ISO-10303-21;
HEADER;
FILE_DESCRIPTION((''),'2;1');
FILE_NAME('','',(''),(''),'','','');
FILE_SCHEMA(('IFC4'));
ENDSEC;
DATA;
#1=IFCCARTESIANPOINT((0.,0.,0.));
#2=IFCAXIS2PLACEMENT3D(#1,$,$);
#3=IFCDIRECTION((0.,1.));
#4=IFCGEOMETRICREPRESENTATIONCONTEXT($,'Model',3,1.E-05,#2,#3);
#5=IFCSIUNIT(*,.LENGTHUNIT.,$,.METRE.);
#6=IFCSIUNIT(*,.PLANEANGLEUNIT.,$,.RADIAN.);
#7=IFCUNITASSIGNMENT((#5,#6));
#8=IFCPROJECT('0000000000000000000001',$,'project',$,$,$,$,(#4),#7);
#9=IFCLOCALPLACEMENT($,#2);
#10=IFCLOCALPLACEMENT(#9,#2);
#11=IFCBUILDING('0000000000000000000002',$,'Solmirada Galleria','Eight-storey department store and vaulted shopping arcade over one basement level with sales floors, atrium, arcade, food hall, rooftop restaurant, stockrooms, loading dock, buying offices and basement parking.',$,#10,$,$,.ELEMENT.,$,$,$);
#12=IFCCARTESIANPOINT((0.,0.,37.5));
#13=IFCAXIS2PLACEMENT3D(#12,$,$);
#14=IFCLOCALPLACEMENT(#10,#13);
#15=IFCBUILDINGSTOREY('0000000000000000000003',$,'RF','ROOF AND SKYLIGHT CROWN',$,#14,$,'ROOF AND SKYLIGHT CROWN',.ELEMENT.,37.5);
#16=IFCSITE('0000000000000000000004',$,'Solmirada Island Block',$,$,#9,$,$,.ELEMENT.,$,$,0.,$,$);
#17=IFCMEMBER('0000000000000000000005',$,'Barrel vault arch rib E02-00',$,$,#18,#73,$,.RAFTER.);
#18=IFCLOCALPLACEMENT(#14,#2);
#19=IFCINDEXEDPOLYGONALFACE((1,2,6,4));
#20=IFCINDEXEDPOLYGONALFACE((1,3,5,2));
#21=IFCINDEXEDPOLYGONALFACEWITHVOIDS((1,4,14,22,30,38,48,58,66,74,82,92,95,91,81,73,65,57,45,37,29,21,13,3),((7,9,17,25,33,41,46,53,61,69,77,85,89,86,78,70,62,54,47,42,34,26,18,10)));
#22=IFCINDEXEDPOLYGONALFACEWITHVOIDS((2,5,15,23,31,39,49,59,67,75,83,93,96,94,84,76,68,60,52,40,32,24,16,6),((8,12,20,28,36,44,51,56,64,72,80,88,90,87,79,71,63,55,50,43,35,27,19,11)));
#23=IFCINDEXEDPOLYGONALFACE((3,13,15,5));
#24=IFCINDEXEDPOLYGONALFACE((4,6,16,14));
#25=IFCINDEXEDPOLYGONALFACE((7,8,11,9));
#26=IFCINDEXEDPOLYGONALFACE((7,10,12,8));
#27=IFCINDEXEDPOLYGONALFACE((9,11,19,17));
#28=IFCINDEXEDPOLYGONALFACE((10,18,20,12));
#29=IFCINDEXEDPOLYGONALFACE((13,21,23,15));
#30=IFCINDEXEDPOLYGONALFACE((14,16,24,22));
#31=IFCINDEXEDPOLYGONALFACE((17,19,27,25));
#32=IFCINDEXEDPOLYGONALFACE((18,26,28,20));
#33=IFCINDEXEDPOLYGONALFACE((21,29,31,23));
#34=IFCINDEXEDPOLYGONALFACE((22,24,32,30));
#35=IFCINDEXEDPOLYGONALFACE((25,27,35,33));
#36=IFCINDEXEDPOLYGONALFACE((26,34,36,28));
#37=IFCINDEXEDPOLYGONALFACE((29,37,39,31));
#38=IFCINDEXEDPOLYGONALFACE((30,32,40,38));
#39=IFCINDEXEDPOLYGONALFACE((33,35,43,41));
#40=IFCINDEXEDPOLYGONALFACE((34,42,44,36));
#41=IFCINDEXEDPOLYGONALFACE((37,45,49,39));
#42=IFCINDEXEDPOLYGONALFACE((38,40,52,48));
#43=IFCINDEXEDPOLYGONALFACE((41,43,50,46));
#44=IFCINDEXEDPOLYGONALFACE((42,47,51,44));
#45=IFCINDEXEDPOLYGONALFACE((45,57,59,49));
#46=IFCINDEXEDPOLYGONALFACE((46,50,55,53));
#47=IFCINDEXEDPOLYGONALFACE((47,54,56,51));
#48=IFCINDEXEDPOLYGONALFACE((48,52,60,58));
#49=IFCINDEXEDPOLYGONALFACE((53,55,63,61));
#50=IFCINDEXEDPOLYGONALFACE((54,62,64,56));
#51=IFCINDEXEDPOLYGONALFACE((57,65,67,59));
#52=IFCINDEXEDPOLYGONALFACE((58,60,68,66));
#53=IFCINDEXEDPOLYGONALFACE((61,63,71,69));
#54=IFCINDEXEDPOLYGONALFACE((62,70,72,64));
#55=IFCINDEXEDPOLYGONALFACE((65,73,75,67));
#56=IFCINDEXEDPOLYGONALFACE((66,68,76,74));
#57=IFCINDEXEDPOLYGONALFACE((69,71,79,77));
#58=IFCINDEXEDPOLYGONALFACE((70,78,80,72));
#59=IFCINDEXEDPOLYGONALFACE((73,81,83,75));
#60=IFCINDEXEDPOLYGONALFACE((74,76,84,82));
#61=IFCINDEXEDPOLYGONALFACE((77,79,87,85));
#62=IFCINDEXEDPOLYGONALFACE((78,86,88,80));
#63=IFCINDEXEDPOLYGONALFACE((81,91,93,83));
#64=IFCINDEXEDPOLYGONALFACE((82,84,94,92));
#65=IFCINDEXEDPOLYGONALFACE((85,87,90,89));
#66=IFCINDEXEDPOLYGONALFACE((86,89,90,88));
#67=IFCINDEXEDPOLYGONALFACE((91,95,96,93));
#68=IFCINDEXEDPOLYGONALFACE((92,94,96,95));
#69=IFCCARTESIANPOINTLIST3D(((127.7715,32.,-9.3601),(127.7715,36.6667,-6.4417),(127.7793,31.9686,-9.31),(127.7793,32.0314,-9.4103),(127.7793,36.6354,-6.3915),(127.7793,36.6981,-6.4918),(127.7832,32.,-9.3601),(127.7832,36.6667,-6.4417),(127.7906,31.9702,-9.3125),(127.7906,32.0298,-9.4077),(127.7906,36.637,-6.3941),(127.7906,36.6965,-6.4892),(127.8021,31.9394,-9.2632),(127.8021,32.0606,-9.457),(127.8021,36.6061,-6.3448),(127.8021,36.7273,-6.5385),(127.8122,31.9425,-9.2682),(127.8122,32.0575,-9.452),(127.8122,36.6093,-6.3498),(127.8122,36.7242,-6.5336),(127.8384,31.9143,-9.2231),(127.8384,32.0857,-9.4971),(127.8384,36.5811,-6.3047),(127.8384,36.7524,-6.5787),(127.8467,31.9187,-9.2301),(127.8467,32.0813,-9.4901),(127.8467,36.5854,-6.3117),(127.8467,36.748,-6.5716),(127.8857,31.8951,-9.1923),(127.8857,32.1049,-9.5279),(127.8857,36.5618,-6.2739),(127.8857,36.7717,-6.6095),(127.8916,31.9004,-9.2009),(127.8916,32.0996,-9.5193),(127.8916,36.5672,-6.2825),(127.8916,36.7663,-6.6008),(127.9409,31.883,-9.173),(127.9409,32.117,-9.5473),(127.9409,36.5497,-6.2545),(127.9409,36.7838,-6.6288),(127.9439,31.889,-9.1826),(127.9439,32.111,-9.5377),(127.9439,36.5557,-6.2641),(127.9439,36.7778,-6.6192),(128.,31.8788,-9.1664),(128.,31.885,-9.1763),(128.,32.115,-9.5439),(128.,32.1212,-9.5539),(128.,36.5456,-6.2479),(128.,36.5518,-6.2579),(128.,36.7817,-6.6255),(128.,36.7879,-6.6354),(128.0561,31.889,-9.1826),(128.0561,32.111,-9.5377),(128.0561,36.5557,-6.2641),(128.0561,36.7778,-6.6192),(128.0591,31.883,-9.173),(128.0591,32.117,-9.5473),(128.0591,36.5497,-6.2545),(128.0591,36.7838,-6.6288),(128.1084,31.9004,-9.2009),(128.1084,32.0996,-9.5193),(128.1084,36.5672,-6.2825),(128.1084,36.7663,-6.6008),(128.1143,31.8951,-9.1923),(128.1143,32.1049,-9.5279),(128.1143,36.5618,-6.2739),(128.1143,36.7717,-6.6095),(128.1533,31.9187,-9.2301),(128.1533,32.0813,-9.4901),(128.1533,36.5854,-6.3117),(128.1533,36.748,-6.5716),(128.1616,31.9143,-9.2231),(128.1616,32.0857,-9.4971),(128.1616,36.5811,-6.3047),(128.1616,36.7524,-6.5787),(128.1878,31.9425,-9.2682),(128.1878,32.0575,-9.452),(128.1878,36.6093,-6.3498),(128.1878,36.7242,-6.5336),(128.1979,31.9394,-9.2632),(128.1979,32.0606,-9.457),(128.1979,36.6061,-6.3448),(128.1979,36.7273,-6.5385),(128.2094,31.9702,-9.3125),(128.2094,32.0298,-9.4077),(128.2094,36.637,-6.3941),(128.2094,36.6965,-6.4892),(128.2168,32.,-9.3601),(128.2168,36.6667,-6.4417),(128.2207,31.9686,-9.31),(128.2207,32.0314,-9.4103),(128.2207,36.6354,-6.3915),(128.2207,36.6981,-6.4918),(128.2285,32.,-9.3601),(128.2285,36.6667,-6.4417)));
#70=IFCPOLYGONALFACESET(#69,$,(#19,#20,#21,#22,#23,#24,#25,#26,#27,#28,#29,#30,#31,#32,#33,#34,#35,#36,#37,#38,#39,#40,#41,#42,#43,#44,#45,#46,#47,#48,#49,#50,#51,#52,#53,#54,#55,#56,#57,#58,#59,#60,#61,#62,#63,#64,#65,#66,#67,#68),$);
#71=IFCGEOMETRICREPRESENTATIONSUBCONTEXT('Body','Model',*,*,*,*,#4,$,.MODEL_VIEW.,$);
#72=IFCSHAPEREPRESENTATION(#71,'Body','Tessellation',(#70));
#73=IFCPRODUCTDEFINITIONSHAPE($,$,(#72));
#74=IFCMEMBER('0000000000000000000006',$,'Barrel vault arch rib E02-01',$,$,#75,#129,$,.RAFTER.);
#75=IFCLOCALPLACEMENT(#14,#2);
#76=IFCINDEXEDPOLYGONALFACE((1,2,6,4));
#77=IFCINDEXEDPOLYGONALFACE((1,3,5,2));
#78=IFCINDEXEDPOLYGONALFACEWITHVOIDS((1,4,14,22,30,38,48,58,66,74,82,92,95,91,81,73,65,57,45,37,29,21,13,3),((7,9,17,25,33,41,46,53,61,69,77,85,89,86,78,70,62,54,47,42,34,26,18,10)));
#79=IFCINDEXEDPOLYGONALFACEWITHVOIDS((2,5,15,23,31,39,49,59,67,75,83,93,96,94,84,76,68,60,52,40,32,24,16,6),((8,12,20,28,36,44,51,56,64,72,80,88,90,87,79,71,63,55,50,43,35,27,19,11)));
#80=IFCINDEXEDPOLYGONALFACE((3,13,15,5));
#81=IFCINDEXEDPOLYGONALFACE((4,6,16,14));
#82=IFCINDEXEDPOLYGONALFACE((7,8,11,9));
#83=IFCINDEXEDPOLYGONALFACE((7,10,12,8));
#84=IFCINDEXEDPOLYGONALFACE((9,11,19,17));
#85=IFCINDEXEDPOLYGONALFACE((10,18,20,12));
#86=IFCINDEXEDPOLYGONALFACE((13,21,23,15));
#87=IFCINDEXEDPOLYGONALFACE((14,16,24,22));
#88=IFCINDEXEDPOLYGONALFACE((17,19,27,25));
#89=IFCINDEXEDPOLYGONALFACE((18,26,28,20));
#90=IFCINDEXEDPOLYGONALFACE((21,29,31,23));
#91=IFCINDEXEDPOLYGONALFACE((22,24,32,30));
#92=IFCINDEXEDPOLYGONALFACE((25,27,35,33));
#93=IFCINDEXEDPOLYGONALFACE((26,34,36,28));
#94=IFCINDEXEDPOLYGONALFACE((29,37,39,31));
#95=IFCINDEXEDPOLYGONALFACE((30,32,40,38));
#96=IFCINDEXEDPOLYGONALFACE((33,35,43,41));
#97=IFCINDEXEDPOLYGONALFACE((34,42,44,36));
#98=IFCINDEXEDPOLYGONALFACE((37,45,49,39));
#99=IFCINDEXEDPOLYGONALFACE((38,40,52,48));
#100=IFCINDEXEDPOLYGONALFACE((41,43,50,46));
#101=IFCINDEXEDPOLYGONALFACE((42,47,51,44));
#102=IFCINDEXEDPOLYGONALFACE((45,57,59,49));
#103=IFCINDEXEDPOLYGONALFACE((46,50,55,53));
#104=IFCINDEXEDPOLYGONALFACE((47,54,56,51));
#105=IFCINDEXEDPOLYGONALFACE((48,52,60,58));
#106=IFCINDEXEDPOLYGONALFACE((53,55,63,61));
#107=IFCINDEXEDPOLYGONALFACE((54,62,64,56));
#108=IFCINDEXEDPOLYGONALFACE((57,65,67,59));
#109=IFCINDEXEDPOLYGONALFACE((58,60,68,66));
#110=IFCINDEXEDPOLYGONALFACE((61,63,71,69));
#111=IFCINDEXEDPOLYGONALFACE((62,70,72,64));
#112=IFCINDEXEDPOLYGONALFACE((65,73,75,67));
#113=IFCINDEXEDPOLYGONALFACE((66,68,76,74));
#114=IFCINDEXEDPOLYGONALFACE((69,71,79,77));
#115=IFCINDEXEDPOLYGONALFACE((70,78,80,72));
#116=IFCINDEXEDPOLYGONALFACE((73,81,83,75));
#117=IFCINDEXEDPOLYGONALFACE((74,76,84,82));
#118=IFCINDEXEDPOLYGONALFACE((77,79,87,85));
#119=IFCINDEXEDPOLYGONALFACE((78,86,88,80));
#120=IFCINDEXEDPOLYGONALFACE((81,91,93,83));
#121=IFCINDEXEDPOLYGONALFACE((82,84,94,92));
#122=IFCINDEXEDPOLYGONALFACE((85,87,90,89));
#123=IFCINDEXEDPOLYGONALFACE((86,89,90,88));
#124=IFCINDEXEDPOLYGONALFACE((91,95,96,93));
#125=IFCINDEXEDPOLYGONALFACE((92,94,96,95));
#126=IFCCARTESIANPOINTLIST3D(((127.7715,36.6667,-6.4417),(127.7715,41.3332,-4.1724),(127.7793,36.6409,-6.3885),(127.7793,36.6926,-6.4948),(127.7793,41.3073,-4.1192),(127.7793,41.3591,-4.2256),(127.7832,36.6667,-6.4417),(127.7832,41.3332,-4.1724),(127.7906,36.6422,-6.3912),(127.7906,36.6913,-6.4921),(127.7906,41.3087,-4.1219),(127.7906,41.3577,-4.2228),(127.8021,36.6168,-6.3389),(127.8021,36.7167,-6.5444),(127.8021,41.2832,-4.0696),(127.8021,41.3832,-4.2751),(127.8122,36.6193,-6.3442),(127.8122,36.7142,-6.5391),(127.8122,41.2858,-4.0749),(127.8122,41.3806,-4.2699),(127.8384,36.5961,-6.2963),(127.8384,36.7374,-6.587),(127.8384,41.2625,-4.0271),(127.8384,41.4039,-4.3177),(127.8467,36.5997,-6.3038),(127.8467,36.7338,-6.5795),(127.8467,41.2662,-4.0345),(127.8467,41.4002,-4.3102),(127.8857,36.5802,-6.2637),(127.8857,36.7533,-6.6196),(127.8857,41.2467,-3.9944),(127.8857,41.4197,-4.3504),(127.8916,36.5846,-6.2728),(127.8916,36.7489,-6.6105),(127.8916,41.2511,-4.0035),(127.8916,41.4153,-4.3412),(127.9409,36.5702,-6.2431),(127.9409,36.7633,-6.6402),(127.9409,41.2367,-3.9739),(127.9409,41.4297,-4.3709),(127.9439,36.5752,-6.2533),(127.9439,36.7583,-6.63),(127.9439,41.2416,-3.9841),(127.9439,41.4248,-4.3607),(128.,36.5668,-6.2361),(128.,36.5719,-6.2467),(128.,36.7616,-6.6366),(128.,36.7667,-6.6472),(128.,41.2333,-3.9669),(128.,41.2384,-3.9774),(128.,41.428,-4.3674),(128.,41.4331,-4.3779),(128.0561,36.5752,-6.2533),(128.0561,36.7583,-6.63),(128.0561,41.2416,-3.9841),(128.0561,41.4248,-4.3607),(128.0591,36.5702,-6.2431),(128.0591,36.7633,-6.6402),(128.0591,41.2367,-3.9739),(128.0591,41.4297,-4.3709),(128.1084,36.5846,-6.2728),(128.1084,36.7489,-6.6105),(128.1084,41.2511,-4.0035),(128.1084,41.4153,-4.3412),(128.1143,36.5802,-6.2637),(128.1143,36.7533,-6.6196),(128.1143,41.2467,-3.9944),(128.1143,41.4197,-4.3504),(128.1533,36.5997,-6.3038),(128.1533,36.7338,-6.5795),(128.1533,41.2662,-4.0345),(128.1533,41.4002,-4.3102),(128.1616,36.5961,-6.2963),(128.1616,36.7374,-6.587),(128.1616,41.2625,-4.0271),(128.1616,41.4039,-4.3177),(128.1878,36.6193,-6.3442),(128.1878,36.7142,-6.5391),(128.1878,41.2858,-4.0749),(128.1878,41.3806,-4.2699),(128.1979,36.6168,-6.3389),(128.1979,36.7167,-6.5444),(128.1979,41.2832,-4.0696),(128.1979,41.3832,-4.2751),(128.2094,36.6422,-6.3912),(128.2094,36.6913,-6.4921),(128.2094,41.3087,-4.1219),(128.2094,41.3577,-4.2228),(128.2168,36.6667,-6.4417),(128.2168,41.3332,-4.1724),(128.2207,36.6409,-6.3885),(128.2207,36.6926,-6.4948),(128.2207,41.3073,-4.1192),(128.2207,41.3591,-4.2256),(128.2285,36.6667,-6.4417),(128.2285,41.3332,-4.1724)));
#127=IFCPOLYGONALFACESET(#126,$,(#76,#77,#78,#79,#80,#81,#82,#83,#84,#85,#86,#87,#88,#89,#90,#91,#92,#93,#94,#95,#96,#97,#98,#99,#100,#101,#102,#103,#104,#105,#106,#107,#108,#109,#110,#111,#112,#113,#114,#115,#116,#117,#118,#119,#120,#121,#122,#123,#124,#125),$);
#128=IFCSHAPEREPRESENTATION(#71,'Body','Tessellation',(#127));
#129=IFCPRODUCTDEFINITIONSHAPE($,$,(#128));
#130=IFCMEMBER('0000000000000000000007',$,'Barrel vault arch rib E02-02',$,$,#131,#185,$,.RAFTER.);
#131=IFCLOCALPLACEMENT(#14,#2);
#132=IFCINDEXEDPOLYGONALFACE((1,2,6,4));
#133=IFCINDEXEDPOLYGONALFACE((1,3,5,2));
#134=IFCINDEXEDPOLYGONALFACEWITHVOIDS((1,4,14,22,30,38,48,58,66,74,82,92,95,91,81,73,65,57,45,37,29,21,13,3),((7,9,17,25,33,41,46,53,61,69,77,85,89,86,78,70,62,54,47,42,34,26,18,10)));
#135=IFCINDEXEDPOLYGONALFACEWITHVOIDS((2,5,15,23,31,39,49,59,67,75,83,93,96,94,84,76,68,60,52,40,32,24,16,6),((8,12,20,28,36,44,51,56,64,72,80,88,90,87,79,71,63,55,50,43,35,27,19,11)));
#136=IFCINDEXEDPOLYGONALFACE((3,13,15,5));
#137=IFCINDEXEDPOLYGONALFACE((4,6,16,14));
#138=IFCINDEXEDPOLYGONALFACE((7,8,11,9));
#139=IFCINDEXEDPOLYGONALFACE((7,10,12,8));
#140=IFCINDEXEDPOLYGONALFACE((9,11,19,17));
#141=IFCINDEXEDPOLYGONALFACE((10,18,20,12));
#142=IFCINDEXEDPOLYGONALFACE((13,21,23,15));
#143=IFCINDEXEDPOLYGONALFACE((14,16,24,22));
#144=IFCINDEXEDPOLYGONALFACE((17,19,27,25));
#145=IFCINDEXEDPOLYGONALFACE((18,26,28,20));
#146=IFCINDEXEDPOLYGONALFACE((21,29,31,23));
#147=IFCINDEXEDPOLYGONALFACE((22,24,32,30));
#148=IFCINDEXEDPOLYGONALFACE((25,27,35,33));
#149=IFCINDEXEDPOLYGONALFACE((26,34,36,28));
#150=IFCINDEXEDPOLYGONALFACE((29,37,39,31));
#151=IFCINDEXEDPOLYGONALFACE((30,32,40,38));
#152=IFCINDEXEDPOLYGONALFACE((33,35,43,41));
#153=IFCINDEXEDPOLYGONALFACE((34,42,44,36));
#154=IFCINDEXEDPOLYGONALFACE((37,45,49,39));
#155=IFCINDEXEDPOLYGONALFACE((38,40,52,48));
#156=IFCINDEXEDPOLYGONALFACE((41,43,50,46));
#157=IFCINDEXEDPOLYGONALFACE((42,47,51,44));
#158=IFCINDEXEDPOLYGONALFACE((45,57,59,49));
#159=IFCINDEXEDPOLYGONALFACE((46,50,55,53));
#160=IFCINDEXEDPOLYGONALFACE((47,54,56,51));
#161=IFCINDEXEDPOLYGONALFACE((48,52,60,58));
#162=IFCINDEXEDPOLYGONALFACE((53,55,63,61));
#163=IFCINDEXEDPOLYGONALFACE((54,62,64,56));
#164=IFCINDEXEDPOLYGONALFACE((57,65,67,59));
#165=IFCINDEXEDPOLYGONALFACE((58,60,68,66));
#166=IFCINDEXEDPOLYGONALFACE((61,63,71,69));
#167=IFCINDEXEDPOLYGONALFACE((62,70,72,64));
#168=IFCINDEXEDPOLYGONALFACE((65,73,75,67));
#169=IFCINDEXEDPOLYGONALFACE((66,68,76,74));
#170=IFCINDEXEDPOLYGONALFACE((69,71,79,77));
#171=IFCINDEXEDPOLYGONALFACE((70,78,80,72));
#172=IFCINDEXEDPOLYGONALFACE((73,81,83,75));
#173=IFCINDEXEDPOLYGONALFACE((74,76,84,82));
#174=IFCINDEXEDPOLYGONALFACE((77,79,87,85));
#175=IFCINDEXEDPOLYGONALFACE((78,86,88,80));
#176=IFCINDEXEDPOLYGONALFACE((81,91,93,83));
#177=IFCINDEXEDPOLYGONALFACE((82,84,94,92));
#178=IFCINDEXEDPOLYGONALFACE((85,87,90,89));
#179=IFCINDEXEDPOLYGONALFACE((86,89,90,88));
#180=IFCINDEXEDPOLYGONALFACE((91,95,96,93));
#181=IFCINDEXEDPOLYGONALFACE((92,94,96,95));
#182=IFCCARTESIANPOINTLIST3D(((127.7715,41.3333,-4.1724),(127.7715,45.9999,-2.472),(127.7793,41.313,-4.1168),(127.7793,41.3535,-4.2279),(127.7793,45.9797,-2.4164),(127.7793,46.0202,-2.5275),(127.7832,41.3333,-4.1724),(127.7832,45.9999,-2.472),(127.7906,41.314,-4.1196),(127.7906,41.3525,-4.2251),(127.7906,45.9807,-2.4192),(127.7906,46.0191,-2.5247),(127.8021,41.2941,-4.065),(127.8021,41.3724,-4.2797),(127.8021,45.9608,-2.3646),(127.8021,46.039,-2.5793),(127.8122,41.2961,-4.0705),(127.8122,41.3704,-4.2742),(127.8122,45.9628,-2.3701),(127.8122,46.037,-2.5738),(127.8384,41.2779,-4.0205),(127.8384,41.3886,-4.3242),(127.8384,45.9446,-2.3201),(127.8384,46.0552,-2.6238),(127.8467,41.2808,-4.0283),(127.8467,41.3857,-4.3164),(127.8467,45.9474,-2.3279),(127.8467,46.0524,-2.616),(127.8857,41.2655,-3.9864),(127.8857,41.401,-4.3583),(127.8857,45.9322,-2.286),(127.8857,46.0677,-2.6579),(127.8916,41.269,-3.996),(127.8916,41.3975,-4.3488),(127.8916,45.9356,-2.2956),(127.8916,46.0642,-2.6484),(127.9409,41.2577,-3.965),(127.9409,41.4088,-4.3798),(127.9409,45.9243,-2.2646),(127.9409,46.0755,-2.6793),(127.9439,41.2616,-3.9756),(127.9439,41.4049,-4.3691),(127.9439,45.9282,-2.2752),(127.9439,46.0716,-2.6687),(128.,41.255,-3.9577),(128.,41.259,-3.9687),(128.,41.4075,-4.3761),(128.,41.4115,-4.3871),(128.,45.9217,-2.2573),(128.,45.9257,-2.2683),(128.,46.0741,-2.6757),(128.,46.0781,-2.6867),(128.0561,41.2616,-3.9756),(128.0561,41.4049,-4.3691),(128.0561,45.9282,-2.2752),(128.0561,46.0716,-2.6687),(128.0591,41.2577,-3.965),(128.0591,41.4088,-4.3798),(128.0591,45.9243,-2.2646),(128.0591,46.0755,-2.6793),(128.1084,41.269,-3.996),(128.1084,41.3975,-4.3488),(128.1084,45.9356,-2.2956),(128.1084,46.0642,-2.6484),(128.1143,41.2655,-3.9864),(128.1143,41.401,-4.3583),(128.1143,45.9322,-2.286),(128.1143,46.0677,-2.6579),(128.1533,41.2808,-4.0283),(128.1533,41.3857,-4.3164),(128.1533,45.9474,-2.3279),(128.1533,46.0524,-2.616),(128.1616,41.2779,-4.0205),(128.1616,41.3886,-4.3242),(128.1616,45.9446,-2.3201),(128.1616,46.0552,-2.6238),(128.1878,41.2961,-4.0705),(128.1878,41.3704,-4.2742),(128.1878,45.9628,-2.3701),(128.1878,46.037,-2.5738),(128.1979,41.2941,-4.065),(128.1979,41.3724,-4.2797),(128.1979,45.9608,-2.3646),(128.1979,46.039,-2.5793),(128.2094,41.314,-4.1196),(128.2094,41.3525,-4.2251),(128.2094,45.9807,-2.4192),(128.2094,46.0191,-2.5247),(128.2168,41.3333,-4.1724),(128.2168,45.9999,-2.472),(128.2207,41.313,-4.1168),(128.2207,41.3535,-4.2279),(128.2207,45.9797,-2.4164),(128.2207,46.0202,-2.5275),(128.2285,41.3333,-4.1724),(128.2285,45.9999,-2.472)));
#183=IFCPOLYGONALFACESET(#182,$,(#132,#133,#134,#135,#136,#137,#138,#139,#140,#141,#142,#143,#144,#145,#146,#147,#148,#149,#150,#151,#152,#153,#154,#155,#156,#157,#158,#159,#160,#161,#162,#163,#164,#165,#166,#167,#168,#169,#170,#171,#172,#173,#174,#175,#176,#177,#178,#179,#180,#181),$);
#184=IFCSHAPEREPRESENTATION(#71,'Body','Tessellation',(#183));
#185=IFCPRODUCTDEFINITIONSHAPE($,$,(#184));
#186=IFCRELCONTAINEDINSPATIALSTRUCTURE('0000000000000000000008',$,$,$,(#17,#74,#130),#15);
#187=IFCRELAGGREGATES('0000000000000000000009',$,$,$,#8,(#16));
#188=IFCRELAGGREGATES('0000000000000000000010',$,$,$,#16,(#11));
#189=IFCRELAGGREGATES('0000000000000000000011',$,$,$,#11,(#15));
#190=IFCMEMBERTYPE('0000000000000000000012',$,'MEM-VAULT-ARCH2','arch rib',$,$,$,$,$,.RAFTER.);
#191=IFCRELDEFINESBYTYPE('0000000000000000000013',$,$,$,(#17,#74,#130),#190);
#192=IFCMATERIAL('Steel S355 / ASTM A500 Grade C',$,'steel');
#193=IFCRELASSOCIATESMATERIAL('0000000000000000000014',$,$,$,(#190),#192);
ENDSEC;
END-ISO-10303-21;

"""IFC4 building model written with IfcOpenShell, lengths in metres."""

from ifc_helpers import new_model, si_unit, direction, frame, origin, origin_2d, place, context, subcontext, project, spatial, hollow_circle, extrude, material, material_profile, profile_set, type_object, element, save


model = new_model("IFC4")

# Units and contexts
model_context = context("Model", 3, precision=1e-05, world=origin(), true_north=direction((0.0, 1.0)))
body_context = subcontext(model_context, "Body", "Model", "MODEL_VIEW")
ifc_project = project(units=[si_unit("LENGTHUNIT", "METRE"), si_unit("PLANEANGLEUNIT", "RADIAN")], contexts=[model_context])

# Site, building, storey
site_placement = place(None, origin())
site = spatial("IfcSite", under=ifc_project, at=site_placement, Name="Solmirada Island Block", CompositionType="ELEMENT", RefElevation=0.0)
building_placement = place(site_placement, origin())
building = spatial("IfcBuilding", under=site, at=building_placement, Name="Solmirada Galleria", Description="Eight-storey department store and vaulted shopping arcade over one basement level with sales floors, atrium, arcade, food hall, rooftop restaurant, stockrooms, loading dock, buying offices and basement parking.", CompositionType="ELEMENT")
storey_placement = place(building_placement, frame((0.0, 0.0, 37.5)))
storey = spatial("IfcBuildingStorey", under=building, at=storey_placement, Name="RF", Description="ROOF AND SKYLIGHT CROWN", LongName="ROOF AND SKYLIGHT CROWN", CompositionType="ELEMENT", Elevation=37.5)

# Members
ifc_material_1 = material(Name="Steel S355 / ASTM A500 Grade C", Category="steel")
ifc_material_profile_1 = material_profile(ifc_material_1, hollow_circle(Radius=0.2285, WallThickness=0.0117, at=origin_2d()), Name="HSS18.000X0.500")
ifc_profile_set_1 = profile_set([ifc_material_profile_1], Name="Steel S355 / ASTM A500 Grade C")
member_type_1 = type_object("IfcMemberType", Name="MEM-VAULT-ARCH2", Description="arch rib", PredefinedType="RAFTER", material=ifc_profile_set_1)
member_1_placement = place(storey_placement, frame((128.0, 32.0, -9.3601), z_axis=(0.0, 0.847856, 0.530226), x_axis=(-1.0, 0.0, 0.0)))
element("IfcMember", 1, at=member_1_placement, inside=storey, type_object=member_type_1, Name="Barrel vault arch rib E02-00", PredefinedType="RAFTER", context=body_context, shape_type="SweptSolid", body=[
    extrude(hollow_circle(Radius=0.2285, WallThickness=0.0117, at=origin_2d()), origin(), (0.0, 0.0, 1.0), 5.5042),
])
member_2_placement = place(storey_placement, frame((128.0, 36.6667, -6.4417), z_axis=(0.0, 0.899304, 0.437325), x_axis=(-1.0, 0.0, 0.0)))
element("IfcMember", 2, at=member_2_placement, inside=storey, type_object=member_type_1, Name="Barrel vault arch rib E02-01", PredefinedType="RAFTER", context=body_context, shape_type="SweptSolid", body=[
    extrude(hollow_circle(Radius=0.2285, WallThickness=0.0117, at=origin_2d()), origin(), (0.0, 0.0, 1.0), 5.189),
])
member_3_placement = place(storey_placement, frame((128.0, 41.3333, -4.1724), z_axis=(0.0, 0.939571, 0.342355), x_axis=(-1.0, 0.0, 0.0)))
element("IfcMember", 3, at=member_3_placement, inside=storey, type_object=member_type_1, Name="Barrel vault arch rib E02-02", PredefinedType="RAFTER", context=body_context, shape_type="SweptSolid", body=[
    extrude(hollow_circle(Radius=0.2285, WallThickness=0.0117, at=origin_2d()), origin(), (0.0, 0.0, 1.0), 4.9668),
])

save(model, "model.ifc")
